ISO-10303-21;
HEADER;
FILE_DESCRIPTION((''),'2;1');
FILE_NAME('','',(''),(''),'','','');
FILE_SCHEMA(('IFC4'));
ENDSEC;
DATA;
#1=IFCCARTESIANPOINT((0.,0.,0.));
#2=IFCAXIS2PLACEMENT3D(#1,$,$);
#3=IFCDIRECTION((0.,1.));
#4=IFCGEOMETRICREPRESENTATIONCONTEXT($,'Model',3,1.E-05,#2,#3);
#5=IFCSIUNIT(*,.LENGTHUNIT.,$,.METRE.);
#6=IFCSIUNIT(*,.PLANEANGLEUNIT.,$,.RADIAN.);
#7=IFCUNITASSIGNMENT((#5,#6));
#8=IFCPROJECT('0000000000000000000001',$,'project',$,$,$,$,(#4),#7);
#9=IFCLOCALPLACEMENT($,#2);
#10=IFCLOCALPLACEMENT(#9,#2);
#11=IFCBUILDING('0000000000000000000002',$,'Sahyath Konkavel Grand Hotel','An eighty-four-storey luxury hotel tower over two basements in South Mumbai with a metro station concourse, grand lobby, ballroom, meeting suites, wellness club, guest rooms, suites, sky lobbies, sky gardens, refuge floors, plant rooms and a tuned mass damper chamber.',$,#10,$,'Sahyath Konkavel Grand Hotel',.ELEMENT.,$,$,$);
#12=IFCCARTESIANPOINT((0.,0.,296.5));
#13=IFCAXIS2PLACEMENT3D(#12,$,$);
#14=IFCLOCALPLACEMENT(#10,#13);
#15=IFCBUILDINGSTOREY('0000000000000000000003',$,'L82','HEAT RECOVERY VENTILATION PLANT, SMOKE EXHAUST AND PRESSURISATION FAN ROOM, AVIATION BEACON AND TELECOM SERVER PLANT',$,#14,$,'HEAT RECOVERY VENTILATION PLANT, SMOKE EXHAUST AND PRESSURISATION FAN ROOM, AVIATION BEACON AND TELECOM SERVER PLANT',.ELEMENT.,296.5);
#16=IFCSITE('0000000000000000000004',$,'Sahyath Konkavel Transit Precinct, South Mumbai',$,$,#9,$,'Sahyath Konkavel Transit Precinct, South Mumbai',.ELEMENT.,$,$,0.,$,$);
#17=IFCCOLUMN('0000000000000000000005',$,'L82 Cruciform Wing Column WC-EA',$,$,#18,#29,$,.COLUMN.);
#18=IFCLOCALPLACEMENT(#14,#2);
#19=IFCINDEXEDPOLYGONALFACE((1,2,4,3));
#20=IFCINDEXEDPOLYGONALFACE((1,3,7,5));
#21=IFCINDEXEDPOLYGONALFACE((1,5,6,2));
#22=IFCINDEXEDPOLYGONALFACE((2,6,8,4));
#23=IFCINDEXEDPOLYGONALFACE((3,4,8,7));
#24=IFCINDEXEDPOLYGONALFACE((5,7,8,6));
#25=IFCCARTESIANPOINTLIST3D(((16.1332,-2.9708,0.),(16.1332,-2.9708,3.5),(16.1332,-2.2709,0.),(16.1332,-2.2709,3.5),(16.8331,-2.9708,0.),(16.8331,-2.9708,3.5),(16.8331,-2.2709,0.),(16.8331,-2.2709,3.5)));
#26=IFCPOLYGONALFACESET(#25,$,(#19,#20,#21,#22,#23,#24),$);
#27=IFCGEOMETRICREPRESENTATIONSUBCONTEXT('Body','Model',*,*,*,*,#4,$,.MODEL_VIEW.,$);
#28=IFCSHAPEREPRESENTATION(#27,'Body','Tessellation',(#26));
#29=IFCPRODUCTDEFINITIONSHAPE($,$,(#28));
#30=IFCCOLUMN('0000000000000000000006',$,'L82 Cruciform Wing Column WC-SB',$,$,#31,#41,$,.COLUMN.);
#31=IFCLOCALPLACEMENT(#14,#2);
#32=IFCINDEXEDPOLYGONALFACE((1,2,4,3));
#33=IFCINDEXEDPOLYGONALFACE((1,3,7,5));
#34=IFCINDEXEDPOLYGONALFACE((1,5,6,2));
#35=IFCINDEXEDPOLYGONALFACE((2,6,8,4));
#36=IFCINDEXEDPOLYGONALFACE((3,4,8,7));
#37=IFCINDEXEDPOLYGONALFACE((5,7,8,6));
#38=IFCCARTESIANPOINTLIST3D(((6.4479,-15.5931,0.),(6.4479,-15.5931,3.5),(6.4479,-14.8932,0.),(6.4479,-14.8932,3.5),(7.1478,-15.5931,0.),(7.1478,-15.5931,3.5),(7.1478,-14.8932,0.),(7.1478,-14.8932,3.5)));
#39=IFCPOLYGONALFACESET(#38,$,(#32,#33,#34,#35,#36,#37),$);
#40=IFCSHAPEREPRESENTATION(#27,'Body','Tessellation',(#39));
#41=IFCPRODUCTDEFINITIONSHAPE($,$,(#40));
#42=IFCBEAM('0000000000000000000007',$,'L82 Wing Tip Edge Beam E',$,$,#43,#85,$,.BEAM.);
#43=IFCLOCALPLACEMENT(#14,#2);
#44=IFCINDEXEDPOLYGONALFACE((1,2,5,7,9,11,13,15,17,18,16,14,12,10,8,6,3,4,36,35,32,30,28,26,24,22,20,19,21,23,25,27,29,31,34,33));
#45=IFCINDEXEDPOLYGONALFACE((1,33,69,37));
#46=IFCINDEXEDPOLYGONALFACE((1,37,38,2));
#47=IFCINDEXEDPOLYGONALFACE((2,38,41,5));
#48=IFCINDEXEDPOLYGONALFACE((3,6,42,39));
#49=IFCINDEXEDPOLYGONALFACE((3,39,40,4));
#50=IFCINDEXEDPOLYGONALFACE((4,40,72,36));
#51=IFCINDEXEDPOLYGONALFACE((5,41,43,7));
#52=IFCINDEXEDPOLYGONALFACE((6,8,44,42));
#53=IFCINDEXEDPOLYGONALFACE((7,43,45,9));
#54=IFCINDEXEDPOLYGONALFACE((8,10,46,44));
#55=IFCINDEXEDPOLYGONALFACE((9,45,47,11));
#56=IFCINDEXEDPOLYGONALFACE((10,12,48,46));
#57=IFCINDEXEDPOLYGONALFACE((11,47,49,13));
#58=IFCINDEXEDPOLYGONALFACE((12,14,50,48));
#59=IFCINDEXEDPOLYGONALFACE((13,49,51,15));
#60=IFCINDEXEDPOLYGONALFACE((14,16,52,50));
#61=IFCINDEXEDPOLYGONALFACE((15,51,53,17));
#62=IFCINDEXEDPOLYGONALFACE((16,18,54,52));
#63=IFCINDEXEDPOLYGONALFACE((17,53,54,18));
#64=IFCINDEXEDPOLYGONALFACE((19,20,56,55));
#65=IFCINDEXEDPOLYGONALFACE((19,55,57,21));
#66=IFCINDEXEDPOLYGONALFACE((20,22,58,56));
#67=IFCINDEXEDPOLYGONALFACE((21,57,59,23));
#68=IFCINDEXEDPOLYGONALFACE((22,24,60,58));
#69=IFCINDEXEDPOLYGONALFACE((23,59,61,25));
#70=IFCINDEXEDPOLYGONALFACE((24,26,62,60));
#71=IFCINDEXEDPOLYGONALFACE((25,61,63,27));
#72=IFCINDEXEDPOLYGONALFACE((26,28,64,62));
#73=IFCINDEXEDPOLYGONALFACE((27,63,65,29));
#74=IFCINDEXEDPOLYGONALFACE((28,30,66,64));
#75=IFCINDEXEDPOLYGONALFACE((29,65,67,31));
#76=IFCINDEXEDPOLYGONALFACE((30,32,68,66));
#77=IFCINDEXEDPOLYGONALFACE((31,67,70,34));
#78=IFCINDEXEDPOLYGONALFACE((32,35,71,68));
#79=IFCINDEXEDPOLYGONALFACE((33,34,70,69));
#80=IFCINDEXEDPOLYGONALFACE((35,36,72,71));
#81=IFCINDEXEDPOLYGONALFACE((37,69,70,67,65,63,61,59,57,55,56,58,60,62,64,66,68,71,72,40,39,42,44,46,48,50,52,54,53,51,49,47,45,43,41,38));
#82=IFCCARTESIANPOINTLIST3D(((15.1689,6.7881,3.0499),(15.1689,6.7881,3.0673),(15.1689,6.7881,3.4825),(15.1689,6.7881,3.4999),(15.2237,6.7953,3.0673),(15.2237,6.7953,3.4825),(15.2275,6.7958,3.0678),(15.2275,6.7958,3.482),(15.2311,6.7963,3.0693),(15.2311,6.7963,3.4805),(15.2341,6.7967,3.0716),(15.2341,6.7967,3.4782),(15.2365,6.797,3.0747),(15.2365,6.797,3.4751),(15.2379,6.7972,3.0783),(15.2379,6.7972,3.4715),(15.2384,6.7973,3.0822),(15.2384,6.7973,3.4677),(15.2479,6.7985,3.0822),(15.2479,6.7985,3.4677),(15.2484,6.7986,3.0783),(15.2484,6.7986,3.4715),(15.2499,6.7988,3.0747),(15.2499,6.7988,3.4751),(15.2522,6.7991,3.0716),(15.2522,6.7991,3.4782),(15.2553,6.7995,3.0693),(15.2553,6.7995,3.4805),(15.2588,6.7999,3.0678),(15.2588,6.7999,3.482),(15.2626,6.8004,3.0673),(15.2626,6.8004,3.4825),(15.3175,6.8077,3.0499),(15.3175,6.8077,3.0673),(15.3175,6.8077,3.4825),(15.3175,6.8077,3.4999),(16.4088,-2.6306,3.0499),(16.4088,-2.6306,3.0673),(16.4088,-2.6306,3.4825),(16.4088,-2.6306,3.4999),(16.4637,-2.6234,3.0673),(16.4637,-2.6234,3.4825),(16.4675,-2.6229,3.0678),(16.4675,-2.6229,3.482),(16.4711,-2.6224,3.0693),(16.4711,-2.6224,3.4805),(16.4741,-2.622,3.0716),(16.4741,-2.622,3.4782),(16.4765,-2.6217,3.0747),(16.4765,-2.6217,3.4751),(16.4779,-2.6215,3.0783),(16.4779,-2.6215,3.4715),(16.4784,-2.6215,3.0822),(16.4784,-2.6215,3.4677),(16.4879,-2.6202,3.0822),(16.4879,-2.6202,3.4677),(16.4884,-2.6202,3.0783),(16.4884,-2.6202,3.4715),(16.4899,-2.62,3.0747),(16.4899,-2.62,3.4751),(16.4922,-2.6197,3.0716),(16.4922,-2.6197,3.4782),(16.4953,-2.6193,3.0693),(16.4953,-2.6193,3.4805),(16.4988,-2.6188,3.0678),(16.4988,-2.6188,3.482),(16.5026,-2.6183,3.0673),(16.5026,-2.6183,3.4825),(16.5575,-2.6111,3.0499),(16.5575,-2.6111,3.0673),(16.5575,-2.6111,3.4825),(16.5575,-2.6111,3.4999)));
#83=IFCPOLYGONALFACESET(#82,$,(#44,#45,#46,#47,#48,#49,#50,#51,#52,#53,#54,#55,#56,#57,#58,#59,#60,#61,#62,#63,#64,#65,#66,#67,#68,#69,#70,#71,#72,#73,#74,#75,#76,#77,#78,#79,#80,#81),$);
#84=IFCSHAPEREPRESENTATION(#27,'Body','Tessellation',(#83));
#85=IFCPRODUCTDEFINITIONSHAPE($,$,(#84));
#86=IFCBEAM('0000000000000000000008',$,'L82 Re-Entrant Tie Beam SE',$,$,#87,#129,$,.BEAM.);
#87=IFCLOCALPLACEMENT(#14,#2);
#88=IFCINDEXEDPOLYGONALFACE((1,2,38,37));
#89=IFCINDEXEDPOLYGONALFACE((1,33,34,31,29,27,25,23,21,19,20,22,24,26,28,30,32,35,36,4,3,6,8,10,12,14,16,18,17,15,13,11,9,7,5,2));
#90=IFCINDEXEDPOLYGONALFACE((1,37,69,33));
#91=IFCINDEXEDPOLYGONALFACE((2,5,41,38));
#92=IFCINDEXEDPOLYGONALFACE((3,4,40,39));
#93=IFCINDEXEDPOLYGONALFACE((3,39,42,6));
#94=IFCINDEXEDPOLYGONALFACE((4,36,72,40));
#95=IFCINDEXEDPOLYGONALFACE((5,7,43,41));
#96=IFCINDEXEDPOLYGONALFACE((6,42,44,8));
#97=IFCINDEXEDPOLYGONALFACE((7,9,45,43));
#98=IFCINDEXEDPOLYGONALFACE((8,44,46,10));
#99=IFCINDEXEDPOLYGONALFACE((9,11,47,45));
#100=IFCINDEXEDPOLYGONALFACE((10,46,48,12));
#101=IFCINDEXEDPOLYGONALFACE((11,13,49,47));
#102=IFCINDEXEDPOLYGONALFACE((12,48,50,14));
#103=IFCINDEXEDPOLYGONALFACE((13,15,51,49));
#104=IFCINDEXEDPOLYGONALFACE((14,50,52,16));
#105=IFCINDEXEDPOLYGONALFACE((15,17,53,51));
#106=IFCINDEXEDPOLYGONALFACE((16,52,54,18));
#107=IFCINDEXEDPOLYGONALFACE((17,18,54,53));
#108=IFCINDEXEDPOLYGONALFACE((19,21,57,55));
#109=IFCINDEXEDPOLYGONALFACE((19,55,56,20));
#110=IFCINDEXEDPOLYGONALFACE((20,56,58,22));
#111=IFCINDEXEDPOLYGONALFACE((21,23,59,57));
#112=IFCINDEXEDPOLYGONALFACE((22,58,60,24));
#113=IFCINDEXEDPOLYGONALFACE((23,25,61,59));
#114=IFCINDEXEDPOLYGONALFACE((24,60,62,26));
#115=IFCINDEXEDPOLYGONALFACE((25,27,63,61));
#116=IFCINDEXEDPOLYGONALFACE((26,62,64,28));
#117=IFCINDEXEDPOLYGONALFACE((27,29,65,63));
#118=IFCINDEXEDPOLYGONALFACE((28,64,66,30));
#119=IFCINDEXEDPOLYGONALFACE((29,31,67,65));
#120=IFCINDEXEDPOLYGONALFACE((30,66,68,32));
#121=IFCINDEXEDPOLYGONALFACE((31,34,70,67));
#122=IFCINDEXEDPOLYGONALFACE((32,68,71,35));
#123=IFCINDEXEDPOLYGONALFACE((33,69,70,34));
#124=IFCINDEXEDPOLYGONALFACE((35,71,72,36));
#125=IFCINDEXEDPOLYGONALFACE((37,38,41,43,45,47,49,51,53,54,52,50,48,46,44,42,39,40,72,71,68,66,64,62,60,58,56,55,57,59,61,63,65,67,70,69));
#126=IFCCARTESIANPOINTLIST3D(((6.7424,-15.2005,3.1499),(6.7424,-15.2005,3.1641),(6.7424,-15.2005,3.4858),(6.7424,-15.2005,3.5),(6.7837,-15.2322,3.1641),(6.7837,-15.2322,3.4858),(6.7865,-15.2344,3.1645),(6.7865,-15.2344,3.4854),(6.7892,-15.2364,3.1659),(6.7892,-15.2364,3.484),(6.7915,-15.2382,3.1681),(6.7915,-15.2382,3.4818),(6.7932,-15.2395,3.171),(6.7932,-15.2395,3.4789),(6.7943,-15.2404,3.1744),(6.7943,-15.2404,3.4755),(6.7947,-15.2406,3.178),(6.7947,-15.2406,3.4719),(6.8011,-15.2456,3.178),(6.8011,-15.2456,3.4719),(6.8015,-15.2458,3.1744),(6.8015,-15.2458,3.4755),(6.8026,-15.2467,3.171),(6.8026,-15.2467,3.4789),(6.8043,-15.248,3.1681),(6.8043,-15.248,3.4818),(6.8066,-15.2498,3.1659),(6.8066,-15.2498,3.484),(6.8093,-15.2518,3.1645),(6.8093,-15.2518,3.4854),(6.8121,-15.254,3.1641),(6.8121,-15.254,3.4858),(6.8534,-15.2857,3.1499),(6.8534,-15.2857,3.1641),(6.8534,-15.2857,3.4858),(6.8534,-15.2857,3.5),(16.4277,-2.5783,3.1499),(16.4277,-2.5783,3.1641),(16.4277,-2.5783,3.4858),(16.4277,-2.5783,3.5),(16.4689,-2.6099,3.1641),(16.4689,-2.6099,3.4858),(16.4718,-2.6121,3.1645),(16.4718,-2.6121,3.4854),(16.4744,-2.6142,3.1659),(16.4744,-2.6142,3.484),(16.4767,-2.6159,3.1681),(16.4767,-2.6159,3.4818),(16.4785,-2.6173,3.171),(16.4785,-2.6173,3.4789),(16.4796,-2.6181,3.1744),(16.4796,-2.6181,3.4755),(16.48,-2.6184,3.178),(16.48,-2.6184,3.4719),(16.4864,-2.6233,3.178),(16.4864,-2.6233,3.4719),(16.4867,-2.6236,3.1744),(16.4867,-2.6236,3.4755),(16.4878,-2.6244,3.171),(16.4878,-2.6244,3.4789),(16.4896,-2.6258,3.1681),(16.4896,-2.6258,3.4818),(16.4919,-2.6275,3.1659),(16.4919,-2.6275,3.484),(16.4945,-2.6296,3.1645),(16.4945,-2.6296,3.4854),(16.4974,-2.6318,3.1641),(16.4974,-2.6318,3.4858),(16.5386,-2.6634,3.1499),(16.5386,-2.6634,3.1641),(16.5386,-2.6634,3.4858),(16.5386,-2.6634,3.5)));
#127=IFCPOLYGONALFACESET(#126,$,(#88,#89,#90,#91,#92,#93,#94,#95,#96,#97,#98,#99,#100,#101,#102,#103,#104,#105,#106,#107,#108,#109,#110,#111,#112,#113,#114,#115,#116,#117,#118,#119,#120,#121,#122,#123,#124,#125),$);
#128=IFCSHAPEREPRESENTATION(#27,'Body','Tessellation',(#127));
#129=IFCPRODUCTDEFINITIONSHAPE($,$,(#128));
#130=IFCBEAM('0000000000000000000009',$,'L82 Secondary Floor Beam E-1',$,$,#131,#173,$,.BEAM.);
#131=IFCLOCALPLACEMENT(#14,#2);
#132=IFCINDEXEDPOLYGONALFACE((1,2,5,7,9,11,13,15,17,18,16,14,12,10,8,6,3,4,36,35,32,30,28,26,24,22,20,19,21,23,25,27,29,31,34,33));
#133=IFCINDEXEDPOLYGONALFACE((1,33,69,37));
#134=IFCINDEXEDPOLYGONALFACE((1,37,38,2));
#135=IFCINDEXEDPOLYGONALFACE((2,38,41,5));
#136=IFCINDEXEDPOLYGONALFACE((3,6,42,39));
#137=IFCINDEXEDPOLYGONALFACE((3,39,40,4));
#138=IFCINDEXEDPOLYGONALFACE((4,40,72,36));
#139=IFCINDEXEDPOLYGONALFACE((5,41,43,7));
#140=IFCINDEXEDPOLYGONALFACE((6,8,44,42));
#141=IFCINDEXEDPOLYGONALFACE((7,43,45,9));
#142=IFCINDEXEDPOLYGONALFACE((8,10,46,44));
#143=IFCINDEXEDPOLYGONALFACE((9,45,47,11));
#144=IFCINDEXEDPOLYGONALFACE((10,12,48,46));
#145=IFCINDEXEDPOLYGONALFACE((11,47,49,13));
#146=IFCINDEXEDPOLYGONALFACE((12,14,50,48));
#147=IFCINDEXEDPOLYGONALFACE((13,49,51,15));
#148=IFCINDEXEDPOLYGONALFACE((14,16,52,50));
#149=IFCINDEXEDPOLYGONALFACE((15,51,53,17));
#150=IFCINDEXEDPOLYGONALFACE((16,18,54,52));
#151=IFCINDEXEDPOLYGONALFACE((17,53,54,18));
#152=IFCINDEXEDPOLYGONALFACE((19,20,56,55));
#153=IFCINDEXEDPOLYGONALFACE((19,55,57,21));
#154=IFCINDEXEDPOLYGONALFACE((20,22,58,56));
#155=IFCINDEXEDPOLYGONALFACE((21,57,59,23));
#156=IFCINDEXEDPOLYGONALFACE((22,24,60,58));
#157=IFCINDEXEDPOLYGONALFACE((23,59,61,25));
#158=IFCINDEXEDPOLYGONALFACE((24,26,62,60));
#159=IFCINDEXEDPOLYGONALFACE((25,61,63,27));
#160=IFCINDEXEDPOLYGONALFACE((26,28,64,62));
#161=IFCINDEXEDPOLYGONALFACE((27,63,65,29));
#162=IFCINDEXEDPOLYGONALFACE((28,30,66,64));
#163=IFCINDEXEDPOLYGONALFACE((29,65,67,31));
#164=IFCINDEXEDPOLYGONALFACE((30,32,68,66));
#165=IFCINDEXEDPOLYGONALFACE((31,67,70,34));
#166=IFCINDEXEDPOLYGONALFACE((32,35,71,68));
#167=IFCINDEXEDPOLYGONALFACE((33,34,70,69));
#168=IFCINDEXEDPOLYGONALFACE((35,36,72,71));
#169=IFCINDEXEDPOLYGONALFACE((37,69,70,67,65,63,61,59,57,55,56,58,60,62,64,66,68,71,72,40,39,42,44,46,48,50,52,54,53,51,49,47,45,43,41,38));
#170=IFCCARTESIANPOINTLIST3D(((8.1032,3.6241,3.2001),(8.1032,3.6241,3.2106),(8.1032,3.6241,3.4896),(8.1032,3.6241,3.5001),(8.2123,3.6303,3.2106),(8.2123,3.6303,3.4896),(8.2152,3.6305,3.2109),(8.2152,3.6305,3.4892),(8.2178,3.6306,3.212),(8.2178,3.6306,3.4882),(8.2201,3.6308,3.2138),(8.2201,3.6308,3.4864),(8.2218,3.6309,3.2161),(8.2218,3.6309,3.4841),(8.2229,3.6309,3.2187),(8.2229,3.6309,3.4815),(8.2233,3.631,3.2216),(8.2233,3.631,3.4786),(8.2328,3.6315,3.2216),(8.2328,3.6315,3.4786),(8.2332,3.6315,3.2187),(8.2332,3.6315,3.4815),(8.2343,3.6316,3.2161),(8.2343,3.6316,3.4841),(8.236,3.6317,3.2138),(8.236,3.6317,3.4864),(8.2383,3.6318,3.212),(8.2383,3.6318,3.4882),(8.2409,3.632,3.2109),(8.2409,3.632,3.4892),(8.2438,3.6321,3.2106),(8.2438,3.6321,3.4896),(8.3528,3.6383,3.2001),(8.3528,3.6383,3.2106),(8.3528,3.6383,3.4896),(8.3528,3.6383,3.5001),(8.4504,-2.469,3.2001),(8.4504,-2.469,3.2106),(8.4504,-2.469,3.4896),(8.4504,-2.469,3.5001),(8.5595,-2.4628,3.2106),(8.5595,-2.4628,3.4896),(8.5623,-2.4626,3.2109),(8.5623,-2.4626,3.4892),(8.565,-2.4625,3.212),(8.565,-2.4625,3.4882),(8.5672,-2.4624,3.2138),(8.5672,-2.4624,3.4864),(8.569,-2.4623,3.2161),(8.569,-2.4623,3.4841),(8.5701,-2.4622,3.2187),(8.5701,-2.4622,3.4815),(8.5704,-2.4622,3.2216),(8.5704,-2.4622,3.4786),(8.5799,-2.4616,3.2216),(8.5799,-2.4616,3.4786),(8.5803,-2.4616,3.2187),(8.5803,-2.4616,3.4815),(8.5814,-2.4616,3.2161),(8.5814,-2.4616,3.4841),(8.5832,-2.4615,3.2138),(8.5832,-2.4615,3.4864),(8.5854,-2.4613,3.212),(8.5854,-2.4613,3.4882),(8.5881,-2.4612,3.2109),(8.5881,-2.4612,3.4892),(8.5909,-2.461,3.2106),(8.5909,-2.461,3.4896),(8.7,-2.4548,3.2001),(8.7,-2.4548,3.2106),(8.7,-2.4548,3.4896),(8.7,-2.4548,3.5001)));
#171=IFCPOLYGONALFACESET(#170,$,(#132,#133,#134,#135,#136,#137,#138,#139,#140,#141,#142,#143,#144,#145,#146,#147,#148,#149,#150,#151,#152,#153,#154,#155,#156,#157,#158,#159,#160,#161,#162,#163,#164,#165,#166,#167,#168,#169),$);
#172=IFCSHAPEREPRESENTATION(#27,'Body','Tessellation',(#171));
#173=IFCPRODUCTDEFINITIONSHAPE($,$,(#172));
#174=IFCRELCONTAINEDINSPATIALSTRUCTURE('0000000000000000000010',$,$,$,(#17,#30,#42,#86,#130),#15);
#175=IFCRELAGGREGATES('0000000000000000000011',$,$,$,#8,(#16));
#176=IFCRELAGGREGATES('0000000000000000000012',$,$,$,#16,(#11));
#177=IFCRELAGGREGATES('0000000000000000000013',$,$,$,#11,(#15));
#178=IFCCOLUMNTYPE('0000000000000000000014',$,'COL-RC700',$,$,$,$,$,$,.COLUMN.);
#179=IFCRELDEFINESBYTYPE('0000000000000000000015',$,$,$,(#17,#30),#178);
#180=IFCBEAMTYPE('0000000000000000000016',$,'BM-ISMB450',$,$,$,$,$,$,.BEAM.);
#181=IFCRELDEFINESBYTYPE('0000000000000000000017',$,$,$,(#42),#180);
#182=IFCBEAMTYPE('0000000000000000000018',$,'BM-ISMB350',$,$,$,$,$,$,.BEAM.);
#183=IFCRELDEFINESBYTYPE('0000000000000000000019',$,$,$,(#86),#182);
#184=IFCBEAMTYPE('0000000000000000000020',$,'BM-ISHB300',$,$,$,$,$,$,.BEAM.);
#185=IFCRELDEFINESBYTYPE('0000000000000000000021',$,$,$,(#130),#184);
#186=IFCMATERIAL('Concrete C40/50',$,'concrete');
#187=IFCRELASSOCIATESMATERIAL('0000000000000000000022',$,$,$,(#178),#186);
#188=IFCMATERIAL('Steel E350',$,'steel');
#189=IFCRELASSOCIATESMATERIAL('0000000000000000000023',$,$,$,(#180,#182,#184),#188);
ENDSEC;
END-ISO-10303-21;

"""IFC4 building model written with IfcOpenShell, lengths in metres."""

from ifc_helpers import new_model, si_unit, direction, frame, origin, origin_2d, place, context, subcontext, project, spatial, rectangle, i_section, extrude, source, transform, mapped, material, material_profile, profile_set, type_object, element, save


model = new_model("IFC4")

# Units and contexts
model_context = context("Model", 3, precision=1e-05, world=origin(), true_north=direction((0.0, 1.0)))
body_context = subcontext(model_context, "Body", "Model", "MODEL_VIEW")
ifc_project = project(units=[si_unit("LENGTHUNIT", "METRE"), si_unit("PLANEANGLEUNIT", "RADIAN")], contexts=[model_context])

# Site, building, storey
site_placement = place(None, origin())
site = spatial("IfcSite", under=ifc_project, at=site_placement, Name="Sahyath Konkavel Transit Precinct, South Mumbai", LongName="Sahyath Konkavel Transit Precinct, South Mumbai", CompositionType="ELEMENT", RefElevation=0.0)
building_placement = place(site_placement, origin())
building = spatial("IfcBuilding", under=site, at=building_placement, Name="Sahyath Konkavel Grand Hotel", Description="An eighty-four-storey luxury hotel tower over two basements in South Mumbai with a metro station concourse, grand lobby, ballroom, meeting suites, wellness club, guest rooms, suites, sky lobbies, sky gardens, refuge floors, plant rooms and a tuned mass damper chamber.", LongName="Sahyath Konkavel Grand Hotel", CompositionType="ELEMENT")
storey_placement = place(building_placement, frame((0.0, 0.0, 296.5)))
storey = spatial("IfcBuildingStorey", under=building, at=storey_placement, Name="L82", Description="HEAT RECOVERY VENTILATION PLANT, SMOKE EXHAUST AND PRESSURISATION FAN ROOM, AVIATION BEACON AND TELECOM SERVER PLANT", LongName="HEAT RECOVERY VENTILATION PLANT, SMOKE EXHAUST AND PRESSURISATION FAN ROOM, AVIATION BEACON AND TELECOM SERVER PLANT", CompositionType="ELEMENT", Elevation=296.5)

# Columns
ifc_material_1 = material(Name="Concrete C40/50", Category="concrete")
ifc_material_profile_1 = material_profile(ifc_material_1, rectangle(XDim=0.7, YDim=0.7, at=origin_2d()), Name="RC 700x700")
ifc_profile_set_1 = profile_set([ifc_material_profile_1], Name="Concrete C40/50")
column_type = type_object("IfcColumnType", Name="COL-RC700", PredefinedType="COLUMN", material=ifc_profile_set_1)
shared_shape_1 = source(origin(), body_context, "Body", "SweptSolid", [
    extrude(rectangle(XDim=0.7, YDim=0.7, at=origin_2d()), origin(), (0.0, 0.0, 1.0), 3.5),
])
for number, where, z_axis, x_axis, name in (
    (1, (16.4832, -2.6208, 0.0), (0.0, 0.0, 1.0), (1.0, 0.0, 0.0), "L82 Cruciform Wing Column WC-EA"),
    (2, (6.7979, -15.2432, 0.0), (0.0, 0.0, 1.0), (1.0, 0.0, 0.0), "L82 Cruciform Wing Column WC-SB"),
):
    element("IfcColumn", number, at=place(storey_placement, frame(where, z_axis=z_axis, x_axis=x_axis)), inside=storey, type_object=column_type, Name=name, PredefinedType="COLUMN", context=body_context, shape_type="MappedRepresentation", body=[
        mapped(shared_shape_1, transform((0.0, 0.0, 0.0), scale=1.0)),
    ])

# Beams
ifc_material_2 = material(Name="Steel E350", Category="steel")
ifc_material_profile_2 = material_profile(ifc_material_2, i_section(OverallWidth=0.1499, OverallDepth=0.45, WebThickness=0.0095, FlangeThickness=0.0173, FilletRadius=0.0149, at=origin_2d()), Name="ISMB 450")
ifc_profile_set_2 = profile_set([ifc_material_profile_2], Name="Steel E350")
beam_type_1 = type_object("IfcBeamType", Name="BM-ISMB450", PredefinedType="BEAM", material=ifc_profile_set_2)
shared_shape_2 = source(origin(), body_context, "Body", "SweptSolid", [
    extrude(i_section(OverallWidth=0.1499, OverallDepth=0.45, WebThickness=0.0095, FlangeThickness=0.0173, FilletRadius=0.0149, at=origin_2d()), origin(), (0.0, 0.0, 1.0), 9.5),
])
beam_1_placement = place(storey_placement, frame((16.4832, -2.6208, 3.2749), z_axis=(-0.130526, 0.991445, 0.0), x_axis=(-0.991445, -0.130526, 0.0)))
element("IfcBeam", 3, at=beam_1_placement, inside=storey, type_object=beam_type_1, Name="L82 Wing Tip Edge Beam E", PredefinedType="BEAM", context=body_context, shape_type="MappedRepresentation", body=[
    mapped(shared_shape_2, transform((0.0, 0.0, 0.0), scale=1.0)),
])
ifc_material_profile_3 = material_profile(ifc_material_2, i_section(OverallWidth=0.1399, OverallDepth=0.3501, WebThickness=0.0081, FlangeThickness=0.0142, FilletRadius=0.0139, at=origin_2d()), Name="ISMB 350")
ifc_profile_set_3 = profile_set([ifc_material_profile_3], Name="Steel E350")
beam_type_2 = type_object("IfcBeamType", Name="BM-ISMB350", PredefinedType="BEAM", material=ifc_profile_set_3)
shared_shape_3 = source(origin(), body_context, "Body", "SweptSolid", [
    extrude(i_section(OverallWidth=0.1399, OverallDepth=0.3501, WebThickness=0.0081, FlangeThickness=0.0142, FilletRadius=0.0139, at=origin_2d()), origin(), (0.0, 0.0, 1.0), 15.9099),
])
beam_2_placement = place(storey_placement, frame((16.4832, -2.6208, 3.325), z_axis=(-0.608756, -0.793358, 0.0), x_axis=(0.793358, -0.608756, 0.0)))
element("IfcBeam", 4, at=beam_2_placement, inside=storey, type_object=beam_type_2, Name="L82 Re-Entrant Tie Beam SE", PredefinedType="BEAM", context=body_context, shape_type="MappedRepresentation", body=[
    mapped(shared_shape_3, transform((0.0, 0.0, 0.0), scale=1.0)),
])
ifc_material_profile_4 = material_profile(ifc_material_2, i_section(OverallWidth=0.25, OverallDepth=0.3, WebThickness=0.0095, FlangeThickness=0.0105, FilletRadius=0.011, at=origin_2d()), Name="ISHB 300")
ifc_profile_set_4 = profile_set([ifc_material_profile_4], Name="Steel E350")
beam_type_3 = type_object("IfcBeamType", Name="BM-ISHB300", PredefinedType="BEAM", material=ifc_profile_set_4)
shared_shape_4 = source(origin(), body_context, "Body", "SweptSolid", [
    extrude(i_section(OverallWidth=0.25, OverallDepth=0.3, WebThickness=0.0095, FlangeThickness=0.0105, FilletRadius=0.011, at=origin_2d()), origin(), (0.0, 0.0, 1.0), 6.103),
])
beam_3_placement = place(storey_placement, frame((8.5752, -2.4619, 3.3501), z_axis=(-0.056883, 0.998381, 0.0), x_axis=(-0.998381, -0.056883, 0.0)))
element("IfcBeam", 5, at=beam_3_placement, inside=storey, type_object=beam_type_3, Name="L82 Secondary Floor Beam E-1", PredefinedType="BEAM", context=body_context, shape_type="MappedRepresentation", body=[
    mapped(shared_shape_4, transform((0.0, 0.0, 0.0), scale=1.0)),
])

save(model, "model.ifc")
